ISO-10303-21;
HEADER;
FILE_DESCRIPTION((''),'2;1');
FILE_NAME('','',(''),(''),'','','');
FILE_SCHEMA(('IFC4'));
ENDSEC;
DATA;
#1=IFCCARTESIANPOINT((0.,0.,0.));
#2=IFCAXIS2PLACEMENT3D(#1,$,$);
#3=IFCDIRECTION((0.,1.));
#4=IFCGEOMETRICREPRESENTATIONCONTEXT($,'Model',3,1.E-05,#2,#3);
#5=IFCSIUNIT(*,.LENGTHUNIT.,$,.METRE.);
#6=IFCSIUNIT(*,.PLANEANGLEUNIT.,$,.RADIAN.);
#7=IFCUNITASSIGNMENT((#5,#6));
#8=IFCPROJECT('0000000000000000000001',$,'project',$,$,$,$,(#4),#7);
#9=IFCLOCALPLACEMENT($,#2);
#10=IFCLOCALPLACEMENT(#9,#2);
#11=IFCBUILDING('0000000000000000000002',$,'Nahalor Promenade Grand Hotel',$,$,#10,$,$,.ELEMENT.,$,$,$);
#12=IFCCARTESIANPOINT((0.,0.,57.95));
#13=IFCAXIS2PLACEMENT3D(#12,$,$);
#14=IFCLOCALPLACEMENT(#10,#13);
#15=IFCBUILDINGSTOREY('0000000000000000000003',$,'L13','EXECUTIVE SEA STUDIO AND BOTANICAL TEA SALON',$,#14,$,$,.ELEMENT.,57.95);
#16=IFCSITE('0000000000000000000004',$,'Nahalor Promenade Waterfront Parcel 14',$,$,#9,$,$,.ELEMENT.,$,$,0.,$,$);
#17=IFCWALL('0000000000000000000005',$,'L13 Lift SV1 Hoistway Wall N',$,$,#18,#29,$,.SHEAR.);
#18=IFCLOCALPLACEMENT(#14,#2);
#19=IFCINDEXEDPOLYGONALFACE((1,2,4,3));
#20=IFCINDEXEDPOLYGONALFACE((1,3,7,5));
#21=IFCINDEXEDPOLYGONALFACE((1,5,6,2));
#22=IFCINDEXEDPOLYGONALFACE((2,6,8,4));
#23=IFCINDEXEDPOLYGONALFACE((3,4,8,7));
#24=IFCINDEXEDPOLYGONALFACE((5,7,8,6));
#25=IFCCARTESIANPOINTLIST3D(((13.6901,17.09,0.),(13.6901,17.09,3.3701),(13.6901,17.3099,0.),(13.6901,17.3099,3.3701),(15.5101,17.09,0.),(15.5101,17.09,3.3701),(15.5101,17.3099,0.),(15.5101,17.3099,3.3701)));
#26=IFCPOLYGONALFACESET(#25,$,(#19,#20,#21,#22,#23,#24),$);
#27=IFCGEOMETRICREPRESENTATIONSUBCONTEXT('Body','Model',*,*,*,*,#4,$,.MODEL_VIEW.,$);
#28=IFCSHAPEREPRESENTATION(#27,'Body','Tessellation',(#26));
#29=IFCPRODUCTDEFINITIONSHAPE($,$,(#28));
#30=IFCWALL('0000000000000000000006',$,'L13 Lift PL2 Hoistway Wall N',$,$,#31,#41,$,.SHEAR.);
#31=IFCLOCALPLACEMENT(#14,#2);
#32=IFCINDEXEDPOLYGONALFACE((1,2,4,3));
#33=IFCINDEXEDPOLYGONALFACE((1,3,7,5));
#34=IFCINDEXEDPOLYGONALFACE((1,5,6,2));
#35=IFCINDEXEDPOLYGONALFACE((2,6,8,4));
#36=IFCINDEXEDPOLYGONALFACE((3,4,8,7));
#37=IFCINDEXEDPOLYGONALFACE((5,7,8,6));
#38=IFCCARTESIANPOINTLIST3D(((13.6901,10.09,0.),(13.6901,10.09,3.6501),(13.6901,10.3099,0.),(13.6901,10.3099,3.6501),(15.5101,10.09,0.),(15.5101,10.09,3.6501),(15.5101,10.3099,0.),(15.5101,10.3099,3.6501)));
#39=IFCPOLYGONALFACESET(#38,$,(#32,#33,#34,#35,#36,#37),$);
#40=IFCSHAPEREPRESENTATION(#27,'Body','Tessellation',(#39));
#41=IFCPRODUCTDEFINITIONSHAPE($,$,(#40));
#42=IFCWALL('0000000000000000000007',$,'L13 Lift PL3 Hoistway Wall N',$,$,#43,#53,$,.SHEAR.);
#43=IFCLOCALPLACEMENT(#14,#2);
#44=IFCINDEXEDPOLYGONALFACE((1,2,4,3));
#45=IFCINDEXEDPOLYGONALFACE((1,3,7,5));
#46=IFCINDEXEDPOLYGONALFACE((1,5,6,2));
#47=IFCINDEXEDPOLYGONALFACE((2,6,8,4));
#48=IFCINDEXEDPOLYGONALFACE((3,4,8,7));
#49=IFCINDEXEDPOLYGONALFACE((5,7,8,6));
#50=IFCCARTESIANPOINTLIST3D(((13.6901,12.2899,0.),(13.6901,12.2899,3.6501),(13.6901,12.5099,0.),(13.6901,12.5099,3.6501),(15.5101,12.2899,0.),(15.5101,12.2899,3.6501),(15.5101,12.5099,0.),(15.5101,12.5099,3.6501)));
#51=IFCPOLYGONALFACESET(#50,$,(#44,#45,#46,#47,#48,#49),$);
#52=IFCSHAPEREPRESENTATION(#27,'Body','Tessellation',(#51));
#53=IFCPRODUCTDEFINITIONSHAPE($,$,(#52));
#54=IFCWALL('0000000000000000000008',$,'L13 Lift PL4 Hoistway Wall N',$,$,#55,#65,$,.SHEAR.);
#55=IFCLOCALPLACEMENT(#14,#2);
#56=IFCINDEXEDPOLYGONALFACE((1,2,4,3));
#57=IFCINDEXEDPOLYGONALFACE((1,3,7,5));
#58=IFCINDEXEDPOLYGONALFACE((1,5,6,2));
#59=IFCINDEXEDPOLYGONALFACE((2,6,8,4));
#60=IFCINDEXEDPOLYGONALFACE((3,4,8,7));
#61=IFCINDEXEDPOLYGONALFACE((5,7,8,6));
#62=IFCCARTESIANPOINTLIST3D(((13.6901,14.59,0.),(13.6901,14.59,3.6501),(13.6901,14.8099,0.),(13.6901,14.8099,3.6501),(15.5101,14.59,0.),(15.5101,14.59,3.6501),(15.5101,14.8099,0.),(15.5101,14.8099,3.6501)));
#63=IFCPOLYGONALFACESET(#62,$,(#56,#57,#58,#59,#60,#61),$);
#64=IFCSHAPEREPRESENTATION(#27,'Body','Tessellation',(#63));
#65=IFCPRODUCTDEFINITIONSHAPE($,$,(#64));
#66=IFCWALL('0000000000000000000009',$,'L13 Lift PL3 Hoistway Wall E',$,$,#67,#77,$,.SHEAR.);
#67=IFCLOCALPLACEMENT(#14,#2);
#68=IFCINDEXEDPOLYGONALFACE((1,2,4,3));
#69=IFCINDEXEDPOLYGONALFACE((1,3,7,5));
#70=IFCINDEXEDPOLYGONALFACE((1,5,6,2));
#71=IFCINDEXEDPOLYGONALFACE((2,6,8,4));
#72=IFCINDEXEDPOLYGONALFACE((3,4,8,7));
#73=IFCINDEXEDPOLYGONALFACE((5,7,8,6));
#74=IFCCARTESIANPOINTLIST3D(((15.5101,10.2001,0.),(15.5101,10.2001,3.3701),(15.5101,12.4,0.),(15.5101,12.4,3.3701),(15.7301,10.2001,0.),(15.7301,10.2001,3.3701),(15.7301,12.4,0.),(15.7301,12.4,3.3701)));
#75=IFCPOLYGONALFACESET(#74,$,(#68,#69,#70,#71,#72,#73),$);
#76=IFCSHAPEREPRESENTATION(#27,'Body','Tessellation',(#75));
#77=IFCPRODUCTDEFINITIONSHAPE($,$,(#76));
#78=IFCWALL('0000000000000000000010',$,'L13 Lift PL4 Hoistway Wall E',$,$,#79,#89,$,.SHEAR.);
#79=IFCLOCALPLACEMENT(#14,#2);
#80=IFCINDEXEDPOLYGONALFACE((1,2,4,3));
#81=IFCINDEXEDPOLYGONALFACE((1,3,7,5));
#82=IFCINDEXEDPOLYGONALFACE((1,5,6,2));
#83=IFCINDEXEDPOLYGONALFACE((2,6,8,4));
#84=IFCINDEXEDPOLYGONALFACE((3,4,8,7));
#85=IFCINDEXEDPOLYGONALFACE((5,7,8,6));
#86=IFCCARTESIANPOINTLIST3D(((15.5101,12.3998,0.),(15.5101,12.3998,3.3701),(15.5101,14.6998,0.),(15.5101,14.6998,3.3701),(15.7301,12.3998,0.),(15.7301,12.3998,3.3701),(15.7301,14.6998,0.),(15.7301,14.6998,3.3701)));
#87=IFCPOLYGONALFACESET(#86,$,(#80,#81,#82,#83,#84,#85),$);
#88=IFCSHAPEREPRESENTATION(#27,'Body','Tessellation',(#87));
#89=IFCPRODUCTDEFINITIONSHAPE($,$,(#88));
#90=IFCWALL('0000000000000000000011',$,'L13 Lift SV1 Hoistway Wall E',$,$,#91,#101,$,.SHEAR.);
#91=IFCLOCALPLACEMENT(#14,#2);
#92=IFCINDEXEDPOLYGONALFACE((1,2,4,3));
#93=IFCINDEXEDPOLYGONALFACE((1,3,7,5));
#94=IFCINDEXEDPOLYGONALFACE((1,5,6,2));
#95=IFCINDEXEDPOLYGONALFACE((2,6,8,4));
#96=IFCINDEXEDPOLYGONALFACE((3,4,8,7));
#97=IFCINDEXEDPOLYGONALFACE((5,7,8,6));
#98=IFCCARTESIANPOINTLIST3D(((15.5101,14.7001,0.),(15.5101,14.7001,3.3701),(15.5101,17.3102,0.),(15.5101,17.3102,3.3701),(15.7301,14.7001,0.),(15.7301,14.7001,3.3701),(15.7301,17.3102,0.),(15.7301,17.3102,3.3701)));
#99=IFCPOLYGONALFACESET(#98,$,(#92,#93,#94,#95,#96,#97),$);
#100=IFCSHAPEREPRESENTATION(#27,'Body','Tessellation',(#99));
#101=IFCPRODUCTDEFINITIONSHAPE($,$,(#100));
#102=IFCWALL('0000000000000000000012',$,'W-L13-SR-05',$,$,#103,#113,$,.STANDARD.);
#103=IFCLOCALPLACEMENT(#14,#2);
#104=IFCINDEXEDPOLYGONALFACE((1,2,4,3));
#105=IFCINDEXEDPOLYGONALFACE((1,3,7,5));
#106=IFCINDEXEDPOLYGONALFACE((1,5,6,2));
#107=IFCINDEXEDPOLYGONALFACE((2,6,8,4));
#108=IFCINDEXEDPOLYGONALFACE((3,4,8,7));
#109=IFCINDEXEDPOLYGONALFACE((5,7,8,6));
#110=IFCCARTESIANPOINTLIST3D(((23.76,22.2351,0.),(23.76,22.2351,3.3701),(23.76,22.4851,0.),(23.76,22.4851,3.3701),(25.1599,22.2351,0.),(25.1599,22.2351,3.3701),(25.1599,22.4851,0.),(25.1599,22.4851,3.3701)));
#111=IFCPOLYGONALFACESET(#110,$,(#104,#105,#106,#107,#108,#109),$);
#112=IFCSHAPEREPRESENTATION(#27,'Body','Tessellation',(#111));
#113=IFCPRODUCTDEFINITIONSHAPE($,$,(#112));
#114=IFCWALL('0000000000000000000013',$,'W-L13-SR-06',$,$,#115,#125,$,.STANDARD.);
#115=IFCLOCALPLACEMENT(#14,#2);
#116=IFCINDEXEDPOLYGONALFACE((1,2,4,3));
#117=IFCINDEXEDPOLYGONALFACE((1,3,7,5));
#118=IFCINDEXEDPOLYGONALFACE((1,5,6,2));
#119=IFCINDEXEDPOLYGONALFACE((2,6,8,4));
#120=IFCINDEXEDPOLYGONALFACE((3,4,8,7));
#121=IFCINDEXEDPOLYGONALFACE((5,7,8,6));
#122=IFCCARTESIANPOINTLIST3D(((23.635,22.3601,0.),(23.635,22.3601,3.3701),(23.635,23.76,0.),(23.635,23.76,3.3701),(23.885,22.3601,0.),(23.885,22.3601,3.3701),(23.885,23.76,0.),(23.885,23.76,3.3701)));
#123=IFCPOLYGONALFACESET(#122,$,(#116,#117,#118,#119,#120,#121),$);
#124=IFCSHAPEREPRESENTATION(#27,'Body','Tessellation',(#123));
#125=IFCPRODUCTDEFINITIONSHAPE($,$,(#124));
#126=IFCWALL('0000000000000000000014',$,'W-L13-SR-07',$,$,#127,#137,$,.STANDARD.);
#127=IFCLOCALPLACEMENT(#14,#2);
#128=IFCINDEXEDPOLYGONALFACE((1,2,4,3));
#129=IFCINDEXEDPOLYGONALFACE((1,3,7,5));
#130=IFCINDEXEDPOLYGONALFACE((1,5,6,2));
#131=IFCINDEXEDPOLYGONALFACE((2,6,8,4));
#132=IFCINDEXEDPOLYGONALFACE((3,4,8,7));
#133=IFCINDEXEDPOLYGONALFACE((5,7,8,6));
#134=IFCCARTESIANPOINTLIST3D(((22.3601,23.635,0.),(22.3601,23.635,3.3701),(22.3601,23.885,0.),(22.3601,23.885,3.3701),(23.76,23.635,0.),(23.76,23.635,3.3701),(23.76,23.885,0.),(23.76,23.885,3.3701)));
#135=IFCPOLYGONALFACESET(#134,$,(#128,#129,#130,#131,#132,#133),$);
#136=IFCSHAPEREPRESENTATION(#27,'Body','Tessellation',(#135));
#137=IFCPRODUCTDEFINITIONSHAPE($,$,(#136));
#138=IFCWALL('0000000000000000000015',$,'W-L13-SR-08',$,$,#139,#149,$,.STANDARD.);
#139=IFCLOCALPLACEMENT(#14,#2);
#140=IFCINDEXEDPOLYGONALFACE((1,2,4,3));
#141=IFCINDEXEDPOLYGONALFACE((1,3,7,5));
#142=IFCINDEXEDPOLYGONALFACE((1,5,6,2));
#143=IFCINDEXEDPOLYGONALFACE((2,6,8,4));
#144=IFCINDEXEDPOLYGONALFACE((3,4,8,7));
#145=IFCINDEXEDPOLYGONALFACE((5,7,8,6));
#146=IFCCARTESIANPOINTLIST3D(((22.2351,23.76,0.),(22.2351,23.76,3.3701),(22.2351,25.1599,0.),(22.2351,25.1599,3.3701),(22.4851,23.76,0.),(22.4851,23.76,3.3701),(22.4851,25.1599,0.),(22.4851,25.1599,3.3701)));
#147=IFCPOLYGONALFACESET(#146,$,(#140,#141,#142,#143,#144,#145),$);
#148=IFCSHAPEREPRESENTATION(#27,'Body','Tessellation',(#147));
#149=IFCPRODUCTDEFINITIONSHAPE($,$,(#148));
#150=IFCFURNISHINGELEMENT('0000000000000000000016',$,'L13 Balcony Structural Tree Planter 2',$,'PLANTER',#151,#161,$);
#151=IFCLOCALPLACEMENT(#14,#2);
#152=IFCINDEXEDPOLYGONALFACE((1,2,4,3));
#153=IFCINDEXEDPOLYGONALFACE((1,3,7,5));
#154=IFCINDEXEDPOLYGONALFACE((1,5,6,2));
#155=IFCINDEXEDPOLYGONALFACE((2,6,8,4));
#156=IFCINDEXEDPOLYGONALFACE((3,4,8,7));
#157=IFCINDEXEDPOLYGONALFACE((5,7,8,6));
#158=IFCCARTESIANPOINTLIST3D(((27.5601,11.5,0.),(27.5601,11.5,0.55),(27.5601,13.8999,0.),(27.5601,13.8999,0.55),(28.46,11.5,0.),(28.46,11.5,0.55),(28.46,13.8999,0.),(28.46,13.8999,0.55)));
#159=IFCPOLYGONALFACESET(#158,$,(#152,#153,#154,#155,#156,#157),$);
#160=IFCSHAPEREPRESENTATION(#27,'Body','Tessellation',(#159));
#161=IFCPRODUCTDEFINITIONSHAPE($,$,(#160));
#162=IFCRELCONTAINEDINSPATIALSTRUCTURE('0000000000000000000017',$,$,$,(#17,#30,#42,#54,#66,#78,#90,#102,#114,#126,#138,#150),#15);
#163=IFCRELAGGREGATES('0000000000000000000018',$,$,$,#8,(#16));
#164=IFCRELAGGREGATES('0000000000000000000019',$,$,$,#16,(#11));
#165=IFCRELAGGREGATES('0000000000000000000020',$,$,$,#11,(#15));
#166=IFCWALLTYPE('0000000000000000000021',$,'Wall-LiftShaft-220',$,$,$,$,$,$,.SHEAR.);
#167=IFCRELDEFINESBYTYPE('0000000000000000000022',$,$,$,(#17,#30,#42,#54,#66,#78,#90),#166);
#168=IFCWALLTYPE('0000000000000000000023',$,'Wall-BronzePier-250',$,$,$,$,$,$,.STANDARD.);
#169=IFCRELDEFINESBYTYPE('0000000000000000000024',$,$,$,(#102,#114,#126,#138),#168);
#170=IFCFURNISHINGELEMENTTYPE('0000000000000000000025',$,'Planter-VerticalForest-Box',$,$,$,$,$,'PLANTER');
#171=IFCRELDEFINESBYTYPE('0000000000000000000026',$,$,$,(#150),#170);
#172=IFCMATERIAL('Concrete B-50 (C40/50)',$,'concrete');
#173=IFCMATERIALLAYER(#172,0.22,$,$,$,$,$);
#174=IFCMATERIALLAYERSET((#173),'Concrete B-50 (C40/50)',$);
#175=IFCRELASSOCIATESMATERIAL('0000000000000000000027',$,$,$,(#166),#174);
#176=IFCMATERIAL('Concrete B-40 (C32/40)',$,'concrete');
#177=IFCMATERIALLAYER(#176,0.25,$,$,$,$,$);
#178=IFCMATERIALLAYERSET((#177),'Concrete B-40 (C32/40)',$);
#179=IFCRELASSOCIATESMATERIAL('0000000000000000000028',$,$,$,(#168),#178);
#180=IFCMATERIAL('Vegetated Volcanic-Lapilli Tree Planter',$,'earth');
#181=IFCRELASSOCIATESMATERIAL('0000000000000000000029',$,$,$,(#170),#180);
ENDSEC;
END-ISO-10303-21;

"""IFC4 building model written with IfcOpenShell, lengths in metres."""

from ifc_helpers import new_model, si_unit, direction, frame, frame_2d, origin, origin_2d, place, context, subcontext, project, spatial, rectangle, extrude, source, transform, mapped, material, layer, layer_set, type_object, element, save


model = new_model("IFC4")

# Units and contexts
model_context = context("Model", 3, precision=1e-05, world=origin(), true_north=direction((0.0, 1.0)))
body_context = subcontext(model_context, "Body", "Model", "MODEL_VIEW")
ifc_project = project(units=[si_unit("LENGTHUNIT", "METRE"), si_unit("PLANEANGLEUNIT", "RADIAN")], contexts=[model_context])

# Site, building, storey
site_placement = place(None, origin())
site = spatial("IfcSite", under=ifc_project, at=site_placement, Name="Nahalor Promenade Waterfront Parcel 14", CompositionType="ELEMENT", RefElevation=0.0)
building_placement = place(site_placement, origin())
building = spatial("IfcBuilding", under=site, at=building_placement, Name="Nahalor Promenade Grand Hotel", CompositionType="ELEMENT")
storey_placement = place(building_placement, frame((0.0, 0.0, 57.95)))
storey = spatial("IfcBuildingStorey", under=building, at=storey_placement, Name="L13", Description="EXECUTIVE SEA STUDIO AND BOTANICAL TEA SALON", CompositionType="ELEMENT", Elevation=57.95)

# Walls
ifc_material_1 = material(Name="Concrete B-50 (C40/50)", Category="concrete")
ifc_layer_1 = layer(ifc_material_1, 0.22)
ifc_layer_set_1 = layer_set([ifc_layer_1], Name="Concrete B-50 (C40/50)")
wall_type_1 = type_object("IfcWallType", Name="Wall-LiftShaft-220", PredefinedType="SHEAR", material=ifc_layer_set_1)
shared_shape_1 = source(origin(), body_context, "Body", "SweptSolid", [
    extrude(rectangle(XDim=1.8201, YDim=0.22, at=frame_2d((0.9102, 0.0))), origin(), (0.0, 0.0, 1.0), 3.3701),
])
wall_1_placement = place(storey_placement, frame((13.6899, 17.2, 0.0), z_axis=(0.0, 0.0, 1.0), x_axis=(1.0, 0.0, 0.0)))
element("IfcWall", 1, at=wall_1_placement, inside=storey, type_object=wall_type_1, Name="L13 Lift SV1 Hoistway Wall N", PredefinedType="SHEAR", context=body_context, shape_type="MappedRepresentation", body=[
    mapped(shared_shape_1, transform((0.0, 0.0, 0.0), scale=1.0)),
])
shared_shape_2 = source(origin(), body_context, "Body", "SweptSolid", [
    extrude(rectangle(XDim=1.8201, YDim=0.22, at=frame_2d((0.9102, 0.0))), origin(), (0.0, 0.0, 1.0), 3.6501),
])
for number, where, z_axis, x_axis, name in (
    (2, (13.6899, 10.2, 0.0), (0.0, 0.0, 1.0), (1.0, 0.0, 0.0), "L13 Lift PL2 Hoistway Wall N"),
    (3, (13.6899, 12.3999, 0.0), (0.0, 0.0, 1.0), (1.0, 0.0, 0.0), "L13 Lift PL3 Hoistway Wall N"),
    (4, (13.6899, 14.7, 0.0), (0.0, 0.0, 1.0), (1.0, 0.0, 0.0), "L13 Lift PL4 Hoistway Wall N"),
):
    element("IfcWall", number, at=place(storey_placement, frame(where, z_axis=z_axis, x_axis=x_axis)), inside=storey, type_object=wall_type_1, Name=name, PredefinedType="SHEAR", context=body_context, shape_type="MappedRepresentation", body=[
        mapped(shared_shape_2, transform((0.0, 0.0, 0.0), scale=1.0)),
    ])
shared_shape_3 = source(origin(), body_context, "Body", "SweptSolid", [
    extrude(rectangle(XDim=2.2, YDim=0.22, at=frame_2d((1.1001, 0.0))), origin(), (0.0, 0.0, 1.0), 3.3701),
])
wall_2_placement = place(storey_placement, frame((15.6201, 10.2, 0.0), z_axis=(0.0, 0.0, 1.0), x_axis=(0.0, 1.0, 0.0)))
element("IfcWall", 5, at=wall_2_placement, inside=storey, type_object=wall_type_1, Name="L13 Lift PL3 Hoistway Wall E", PredefinedType="SHEAR", context=body_context, shape_type="MappedRepresentation", body=[
    mapped(shared_shape_3, transform((0.0, 0.0, 0.0), scale=1.0)),
])
shared_shape_4 = source(origin(), body_context, "Body", "SweptSolid", [
    extrude(rectangle(XDim=2.3, YDim=0.22, at=frame_2d((1.1499, 0.0))), origin(), (0.0, 0.0, 1.0), 3.3701),
])
wall_3_placement = place(storey_placement, frame((15.6201, 12.3999, 0.0), z_axis=(0.0, 0.0, 1.0), x_axis=(0.0, 1.0, 0.0)))
element("IfcWall", 6, at=wall_3_placement, inside=storey, type_object=wall_type_1, Name="L13 Lift PL4 Hoistway Wall E", PredefinedType="SHEAR", context=body_context, shape_type="MappedRepresentation", body=[
    mapped(shared_shape_4, transform((0.0, 0.0, 0.0), scale=1.0)),
])
shared_shape_5 = source(origin(), body_context, "Body", "SweptSolid", [
    extrude(rectangle(XDim=2.6101, YDim=0.22, at=frame_2d((1.3052, 0.0))), origin(), (0.0, 0.0, 1.0), 3.3701),
])
wall_4_placement = place(storey_placement, frame((15.6201, 14.7, 0.0), z_axis=(0.0, 0.0, 1.0), x_axis=(0.0, 1.0, 0.0)))
element("IfcWall", 7, at=wall_4_placement, inside=storey, type_object=wall_type_1, Name="L13 Lift SV1 Hoistway Wall E", PredefinedType="SHEAR", context=body_context, shape_type="MappedRepresentation", body=[
    mapped(shared_shape_5, transform((0.0, 0.0, 0.0), scale=1.0)),
])
ifc_material_2 = material(Name="Concrete B-40 (C32/40)", Category="concrete")
ifc_layer_2 = layer(ifc_material_2, 0.25)
ifc_layer_set_2 = layer_set([ifc_layer_2], Name="Concrete B-40 (C32/40)")
wall_type_2 = type_object("IfcWallType", Name="Wall-BronzePier-250", PredefinedType="STANDARD", material=ifc_layer_set_2)
shared_shape_6 = source(origin(), body_context, "Body", "SweptSolid", [
    extrude(rectangle(XDim=1.3999, YDim=0.25, at=frame_2d((0.7, 0.0))), origin(), (0.0, 0.0, 1.0), 3.3701),
])
for number, where, z_axis, x_axis, name in (
    (8, (23.76, 22.3601, 0.0), (0.0, 0.0, 1.0), (1.0, 0.0, 0.0), "W-L13-SR-05"),
    (9, (23.76, 22.3601, 0.0), (0.0, 0.0, 1.0), (0.0, 1.0, 0.0), "W-L13-SR-06"),
    (10, (22.3601, 23.76, 0.0), (0.0, 0.0, 1.0), (1.0, 0.0, 0.0), "W-L13-SR-07"),
    (11, (22.3601, 23.76, 0.0), (0.0, 0.0, 1.0), (0.0, 1.0, 0.0), "W-L13-SR-08"),
):
    element("IfcWall", number, at=place(storey_placement, frame(where, z_axis=z_axis, x_axis=x_axis)), inside=storey, type_object=wall_type_2, Name=name, PredefinedType="STANDARD", context=body_context, shape_type="MappedRepresentation", body=[
        mapped(shared_shape_6, transform((0.0, 0.0, 0.0), scale=1.0)),
    ])

# Furnishing element
ifc_material_3 = material(Name="Vegetated Volcanic-Lapilli Tree Planter", Category="earth")
furnishing_element_type = type_object("IfcFurnishingElementType", Name="Planter-VerticalForest-Box", ElementType="PLANTER", material=ifc_material_3)
shared_shape_7 = source(origin(), body_context, "Body", "SweptSolid", [
    extrude(rectangle(XDim=2.3999, YDim=0.8999, at=origin_2d()), origin(), (0.0, 0.0, 1.0), 0.55),
])
furnishing_placement = place(storey_placement, frame((28.01, 12.7, 0.0), z_axis=(0.0, 0.0, 1.0), x_axis=(0.0, 1.0, 0.0)))
element("IfcFurnishingElement", 12, at=furnishing_placement, inside=storey, type_object=furnishing_element_type, Name="L13 Balcony Structural Tree Planter 2", ObjectType="PLANTER", context=body_context, shape_type="MappedRepresentation", body=[
    mapped(shared_shape_7, transform((0.0, 0.0, 0.0), scale=1.0)),
])

save(model, "model.ifc")
